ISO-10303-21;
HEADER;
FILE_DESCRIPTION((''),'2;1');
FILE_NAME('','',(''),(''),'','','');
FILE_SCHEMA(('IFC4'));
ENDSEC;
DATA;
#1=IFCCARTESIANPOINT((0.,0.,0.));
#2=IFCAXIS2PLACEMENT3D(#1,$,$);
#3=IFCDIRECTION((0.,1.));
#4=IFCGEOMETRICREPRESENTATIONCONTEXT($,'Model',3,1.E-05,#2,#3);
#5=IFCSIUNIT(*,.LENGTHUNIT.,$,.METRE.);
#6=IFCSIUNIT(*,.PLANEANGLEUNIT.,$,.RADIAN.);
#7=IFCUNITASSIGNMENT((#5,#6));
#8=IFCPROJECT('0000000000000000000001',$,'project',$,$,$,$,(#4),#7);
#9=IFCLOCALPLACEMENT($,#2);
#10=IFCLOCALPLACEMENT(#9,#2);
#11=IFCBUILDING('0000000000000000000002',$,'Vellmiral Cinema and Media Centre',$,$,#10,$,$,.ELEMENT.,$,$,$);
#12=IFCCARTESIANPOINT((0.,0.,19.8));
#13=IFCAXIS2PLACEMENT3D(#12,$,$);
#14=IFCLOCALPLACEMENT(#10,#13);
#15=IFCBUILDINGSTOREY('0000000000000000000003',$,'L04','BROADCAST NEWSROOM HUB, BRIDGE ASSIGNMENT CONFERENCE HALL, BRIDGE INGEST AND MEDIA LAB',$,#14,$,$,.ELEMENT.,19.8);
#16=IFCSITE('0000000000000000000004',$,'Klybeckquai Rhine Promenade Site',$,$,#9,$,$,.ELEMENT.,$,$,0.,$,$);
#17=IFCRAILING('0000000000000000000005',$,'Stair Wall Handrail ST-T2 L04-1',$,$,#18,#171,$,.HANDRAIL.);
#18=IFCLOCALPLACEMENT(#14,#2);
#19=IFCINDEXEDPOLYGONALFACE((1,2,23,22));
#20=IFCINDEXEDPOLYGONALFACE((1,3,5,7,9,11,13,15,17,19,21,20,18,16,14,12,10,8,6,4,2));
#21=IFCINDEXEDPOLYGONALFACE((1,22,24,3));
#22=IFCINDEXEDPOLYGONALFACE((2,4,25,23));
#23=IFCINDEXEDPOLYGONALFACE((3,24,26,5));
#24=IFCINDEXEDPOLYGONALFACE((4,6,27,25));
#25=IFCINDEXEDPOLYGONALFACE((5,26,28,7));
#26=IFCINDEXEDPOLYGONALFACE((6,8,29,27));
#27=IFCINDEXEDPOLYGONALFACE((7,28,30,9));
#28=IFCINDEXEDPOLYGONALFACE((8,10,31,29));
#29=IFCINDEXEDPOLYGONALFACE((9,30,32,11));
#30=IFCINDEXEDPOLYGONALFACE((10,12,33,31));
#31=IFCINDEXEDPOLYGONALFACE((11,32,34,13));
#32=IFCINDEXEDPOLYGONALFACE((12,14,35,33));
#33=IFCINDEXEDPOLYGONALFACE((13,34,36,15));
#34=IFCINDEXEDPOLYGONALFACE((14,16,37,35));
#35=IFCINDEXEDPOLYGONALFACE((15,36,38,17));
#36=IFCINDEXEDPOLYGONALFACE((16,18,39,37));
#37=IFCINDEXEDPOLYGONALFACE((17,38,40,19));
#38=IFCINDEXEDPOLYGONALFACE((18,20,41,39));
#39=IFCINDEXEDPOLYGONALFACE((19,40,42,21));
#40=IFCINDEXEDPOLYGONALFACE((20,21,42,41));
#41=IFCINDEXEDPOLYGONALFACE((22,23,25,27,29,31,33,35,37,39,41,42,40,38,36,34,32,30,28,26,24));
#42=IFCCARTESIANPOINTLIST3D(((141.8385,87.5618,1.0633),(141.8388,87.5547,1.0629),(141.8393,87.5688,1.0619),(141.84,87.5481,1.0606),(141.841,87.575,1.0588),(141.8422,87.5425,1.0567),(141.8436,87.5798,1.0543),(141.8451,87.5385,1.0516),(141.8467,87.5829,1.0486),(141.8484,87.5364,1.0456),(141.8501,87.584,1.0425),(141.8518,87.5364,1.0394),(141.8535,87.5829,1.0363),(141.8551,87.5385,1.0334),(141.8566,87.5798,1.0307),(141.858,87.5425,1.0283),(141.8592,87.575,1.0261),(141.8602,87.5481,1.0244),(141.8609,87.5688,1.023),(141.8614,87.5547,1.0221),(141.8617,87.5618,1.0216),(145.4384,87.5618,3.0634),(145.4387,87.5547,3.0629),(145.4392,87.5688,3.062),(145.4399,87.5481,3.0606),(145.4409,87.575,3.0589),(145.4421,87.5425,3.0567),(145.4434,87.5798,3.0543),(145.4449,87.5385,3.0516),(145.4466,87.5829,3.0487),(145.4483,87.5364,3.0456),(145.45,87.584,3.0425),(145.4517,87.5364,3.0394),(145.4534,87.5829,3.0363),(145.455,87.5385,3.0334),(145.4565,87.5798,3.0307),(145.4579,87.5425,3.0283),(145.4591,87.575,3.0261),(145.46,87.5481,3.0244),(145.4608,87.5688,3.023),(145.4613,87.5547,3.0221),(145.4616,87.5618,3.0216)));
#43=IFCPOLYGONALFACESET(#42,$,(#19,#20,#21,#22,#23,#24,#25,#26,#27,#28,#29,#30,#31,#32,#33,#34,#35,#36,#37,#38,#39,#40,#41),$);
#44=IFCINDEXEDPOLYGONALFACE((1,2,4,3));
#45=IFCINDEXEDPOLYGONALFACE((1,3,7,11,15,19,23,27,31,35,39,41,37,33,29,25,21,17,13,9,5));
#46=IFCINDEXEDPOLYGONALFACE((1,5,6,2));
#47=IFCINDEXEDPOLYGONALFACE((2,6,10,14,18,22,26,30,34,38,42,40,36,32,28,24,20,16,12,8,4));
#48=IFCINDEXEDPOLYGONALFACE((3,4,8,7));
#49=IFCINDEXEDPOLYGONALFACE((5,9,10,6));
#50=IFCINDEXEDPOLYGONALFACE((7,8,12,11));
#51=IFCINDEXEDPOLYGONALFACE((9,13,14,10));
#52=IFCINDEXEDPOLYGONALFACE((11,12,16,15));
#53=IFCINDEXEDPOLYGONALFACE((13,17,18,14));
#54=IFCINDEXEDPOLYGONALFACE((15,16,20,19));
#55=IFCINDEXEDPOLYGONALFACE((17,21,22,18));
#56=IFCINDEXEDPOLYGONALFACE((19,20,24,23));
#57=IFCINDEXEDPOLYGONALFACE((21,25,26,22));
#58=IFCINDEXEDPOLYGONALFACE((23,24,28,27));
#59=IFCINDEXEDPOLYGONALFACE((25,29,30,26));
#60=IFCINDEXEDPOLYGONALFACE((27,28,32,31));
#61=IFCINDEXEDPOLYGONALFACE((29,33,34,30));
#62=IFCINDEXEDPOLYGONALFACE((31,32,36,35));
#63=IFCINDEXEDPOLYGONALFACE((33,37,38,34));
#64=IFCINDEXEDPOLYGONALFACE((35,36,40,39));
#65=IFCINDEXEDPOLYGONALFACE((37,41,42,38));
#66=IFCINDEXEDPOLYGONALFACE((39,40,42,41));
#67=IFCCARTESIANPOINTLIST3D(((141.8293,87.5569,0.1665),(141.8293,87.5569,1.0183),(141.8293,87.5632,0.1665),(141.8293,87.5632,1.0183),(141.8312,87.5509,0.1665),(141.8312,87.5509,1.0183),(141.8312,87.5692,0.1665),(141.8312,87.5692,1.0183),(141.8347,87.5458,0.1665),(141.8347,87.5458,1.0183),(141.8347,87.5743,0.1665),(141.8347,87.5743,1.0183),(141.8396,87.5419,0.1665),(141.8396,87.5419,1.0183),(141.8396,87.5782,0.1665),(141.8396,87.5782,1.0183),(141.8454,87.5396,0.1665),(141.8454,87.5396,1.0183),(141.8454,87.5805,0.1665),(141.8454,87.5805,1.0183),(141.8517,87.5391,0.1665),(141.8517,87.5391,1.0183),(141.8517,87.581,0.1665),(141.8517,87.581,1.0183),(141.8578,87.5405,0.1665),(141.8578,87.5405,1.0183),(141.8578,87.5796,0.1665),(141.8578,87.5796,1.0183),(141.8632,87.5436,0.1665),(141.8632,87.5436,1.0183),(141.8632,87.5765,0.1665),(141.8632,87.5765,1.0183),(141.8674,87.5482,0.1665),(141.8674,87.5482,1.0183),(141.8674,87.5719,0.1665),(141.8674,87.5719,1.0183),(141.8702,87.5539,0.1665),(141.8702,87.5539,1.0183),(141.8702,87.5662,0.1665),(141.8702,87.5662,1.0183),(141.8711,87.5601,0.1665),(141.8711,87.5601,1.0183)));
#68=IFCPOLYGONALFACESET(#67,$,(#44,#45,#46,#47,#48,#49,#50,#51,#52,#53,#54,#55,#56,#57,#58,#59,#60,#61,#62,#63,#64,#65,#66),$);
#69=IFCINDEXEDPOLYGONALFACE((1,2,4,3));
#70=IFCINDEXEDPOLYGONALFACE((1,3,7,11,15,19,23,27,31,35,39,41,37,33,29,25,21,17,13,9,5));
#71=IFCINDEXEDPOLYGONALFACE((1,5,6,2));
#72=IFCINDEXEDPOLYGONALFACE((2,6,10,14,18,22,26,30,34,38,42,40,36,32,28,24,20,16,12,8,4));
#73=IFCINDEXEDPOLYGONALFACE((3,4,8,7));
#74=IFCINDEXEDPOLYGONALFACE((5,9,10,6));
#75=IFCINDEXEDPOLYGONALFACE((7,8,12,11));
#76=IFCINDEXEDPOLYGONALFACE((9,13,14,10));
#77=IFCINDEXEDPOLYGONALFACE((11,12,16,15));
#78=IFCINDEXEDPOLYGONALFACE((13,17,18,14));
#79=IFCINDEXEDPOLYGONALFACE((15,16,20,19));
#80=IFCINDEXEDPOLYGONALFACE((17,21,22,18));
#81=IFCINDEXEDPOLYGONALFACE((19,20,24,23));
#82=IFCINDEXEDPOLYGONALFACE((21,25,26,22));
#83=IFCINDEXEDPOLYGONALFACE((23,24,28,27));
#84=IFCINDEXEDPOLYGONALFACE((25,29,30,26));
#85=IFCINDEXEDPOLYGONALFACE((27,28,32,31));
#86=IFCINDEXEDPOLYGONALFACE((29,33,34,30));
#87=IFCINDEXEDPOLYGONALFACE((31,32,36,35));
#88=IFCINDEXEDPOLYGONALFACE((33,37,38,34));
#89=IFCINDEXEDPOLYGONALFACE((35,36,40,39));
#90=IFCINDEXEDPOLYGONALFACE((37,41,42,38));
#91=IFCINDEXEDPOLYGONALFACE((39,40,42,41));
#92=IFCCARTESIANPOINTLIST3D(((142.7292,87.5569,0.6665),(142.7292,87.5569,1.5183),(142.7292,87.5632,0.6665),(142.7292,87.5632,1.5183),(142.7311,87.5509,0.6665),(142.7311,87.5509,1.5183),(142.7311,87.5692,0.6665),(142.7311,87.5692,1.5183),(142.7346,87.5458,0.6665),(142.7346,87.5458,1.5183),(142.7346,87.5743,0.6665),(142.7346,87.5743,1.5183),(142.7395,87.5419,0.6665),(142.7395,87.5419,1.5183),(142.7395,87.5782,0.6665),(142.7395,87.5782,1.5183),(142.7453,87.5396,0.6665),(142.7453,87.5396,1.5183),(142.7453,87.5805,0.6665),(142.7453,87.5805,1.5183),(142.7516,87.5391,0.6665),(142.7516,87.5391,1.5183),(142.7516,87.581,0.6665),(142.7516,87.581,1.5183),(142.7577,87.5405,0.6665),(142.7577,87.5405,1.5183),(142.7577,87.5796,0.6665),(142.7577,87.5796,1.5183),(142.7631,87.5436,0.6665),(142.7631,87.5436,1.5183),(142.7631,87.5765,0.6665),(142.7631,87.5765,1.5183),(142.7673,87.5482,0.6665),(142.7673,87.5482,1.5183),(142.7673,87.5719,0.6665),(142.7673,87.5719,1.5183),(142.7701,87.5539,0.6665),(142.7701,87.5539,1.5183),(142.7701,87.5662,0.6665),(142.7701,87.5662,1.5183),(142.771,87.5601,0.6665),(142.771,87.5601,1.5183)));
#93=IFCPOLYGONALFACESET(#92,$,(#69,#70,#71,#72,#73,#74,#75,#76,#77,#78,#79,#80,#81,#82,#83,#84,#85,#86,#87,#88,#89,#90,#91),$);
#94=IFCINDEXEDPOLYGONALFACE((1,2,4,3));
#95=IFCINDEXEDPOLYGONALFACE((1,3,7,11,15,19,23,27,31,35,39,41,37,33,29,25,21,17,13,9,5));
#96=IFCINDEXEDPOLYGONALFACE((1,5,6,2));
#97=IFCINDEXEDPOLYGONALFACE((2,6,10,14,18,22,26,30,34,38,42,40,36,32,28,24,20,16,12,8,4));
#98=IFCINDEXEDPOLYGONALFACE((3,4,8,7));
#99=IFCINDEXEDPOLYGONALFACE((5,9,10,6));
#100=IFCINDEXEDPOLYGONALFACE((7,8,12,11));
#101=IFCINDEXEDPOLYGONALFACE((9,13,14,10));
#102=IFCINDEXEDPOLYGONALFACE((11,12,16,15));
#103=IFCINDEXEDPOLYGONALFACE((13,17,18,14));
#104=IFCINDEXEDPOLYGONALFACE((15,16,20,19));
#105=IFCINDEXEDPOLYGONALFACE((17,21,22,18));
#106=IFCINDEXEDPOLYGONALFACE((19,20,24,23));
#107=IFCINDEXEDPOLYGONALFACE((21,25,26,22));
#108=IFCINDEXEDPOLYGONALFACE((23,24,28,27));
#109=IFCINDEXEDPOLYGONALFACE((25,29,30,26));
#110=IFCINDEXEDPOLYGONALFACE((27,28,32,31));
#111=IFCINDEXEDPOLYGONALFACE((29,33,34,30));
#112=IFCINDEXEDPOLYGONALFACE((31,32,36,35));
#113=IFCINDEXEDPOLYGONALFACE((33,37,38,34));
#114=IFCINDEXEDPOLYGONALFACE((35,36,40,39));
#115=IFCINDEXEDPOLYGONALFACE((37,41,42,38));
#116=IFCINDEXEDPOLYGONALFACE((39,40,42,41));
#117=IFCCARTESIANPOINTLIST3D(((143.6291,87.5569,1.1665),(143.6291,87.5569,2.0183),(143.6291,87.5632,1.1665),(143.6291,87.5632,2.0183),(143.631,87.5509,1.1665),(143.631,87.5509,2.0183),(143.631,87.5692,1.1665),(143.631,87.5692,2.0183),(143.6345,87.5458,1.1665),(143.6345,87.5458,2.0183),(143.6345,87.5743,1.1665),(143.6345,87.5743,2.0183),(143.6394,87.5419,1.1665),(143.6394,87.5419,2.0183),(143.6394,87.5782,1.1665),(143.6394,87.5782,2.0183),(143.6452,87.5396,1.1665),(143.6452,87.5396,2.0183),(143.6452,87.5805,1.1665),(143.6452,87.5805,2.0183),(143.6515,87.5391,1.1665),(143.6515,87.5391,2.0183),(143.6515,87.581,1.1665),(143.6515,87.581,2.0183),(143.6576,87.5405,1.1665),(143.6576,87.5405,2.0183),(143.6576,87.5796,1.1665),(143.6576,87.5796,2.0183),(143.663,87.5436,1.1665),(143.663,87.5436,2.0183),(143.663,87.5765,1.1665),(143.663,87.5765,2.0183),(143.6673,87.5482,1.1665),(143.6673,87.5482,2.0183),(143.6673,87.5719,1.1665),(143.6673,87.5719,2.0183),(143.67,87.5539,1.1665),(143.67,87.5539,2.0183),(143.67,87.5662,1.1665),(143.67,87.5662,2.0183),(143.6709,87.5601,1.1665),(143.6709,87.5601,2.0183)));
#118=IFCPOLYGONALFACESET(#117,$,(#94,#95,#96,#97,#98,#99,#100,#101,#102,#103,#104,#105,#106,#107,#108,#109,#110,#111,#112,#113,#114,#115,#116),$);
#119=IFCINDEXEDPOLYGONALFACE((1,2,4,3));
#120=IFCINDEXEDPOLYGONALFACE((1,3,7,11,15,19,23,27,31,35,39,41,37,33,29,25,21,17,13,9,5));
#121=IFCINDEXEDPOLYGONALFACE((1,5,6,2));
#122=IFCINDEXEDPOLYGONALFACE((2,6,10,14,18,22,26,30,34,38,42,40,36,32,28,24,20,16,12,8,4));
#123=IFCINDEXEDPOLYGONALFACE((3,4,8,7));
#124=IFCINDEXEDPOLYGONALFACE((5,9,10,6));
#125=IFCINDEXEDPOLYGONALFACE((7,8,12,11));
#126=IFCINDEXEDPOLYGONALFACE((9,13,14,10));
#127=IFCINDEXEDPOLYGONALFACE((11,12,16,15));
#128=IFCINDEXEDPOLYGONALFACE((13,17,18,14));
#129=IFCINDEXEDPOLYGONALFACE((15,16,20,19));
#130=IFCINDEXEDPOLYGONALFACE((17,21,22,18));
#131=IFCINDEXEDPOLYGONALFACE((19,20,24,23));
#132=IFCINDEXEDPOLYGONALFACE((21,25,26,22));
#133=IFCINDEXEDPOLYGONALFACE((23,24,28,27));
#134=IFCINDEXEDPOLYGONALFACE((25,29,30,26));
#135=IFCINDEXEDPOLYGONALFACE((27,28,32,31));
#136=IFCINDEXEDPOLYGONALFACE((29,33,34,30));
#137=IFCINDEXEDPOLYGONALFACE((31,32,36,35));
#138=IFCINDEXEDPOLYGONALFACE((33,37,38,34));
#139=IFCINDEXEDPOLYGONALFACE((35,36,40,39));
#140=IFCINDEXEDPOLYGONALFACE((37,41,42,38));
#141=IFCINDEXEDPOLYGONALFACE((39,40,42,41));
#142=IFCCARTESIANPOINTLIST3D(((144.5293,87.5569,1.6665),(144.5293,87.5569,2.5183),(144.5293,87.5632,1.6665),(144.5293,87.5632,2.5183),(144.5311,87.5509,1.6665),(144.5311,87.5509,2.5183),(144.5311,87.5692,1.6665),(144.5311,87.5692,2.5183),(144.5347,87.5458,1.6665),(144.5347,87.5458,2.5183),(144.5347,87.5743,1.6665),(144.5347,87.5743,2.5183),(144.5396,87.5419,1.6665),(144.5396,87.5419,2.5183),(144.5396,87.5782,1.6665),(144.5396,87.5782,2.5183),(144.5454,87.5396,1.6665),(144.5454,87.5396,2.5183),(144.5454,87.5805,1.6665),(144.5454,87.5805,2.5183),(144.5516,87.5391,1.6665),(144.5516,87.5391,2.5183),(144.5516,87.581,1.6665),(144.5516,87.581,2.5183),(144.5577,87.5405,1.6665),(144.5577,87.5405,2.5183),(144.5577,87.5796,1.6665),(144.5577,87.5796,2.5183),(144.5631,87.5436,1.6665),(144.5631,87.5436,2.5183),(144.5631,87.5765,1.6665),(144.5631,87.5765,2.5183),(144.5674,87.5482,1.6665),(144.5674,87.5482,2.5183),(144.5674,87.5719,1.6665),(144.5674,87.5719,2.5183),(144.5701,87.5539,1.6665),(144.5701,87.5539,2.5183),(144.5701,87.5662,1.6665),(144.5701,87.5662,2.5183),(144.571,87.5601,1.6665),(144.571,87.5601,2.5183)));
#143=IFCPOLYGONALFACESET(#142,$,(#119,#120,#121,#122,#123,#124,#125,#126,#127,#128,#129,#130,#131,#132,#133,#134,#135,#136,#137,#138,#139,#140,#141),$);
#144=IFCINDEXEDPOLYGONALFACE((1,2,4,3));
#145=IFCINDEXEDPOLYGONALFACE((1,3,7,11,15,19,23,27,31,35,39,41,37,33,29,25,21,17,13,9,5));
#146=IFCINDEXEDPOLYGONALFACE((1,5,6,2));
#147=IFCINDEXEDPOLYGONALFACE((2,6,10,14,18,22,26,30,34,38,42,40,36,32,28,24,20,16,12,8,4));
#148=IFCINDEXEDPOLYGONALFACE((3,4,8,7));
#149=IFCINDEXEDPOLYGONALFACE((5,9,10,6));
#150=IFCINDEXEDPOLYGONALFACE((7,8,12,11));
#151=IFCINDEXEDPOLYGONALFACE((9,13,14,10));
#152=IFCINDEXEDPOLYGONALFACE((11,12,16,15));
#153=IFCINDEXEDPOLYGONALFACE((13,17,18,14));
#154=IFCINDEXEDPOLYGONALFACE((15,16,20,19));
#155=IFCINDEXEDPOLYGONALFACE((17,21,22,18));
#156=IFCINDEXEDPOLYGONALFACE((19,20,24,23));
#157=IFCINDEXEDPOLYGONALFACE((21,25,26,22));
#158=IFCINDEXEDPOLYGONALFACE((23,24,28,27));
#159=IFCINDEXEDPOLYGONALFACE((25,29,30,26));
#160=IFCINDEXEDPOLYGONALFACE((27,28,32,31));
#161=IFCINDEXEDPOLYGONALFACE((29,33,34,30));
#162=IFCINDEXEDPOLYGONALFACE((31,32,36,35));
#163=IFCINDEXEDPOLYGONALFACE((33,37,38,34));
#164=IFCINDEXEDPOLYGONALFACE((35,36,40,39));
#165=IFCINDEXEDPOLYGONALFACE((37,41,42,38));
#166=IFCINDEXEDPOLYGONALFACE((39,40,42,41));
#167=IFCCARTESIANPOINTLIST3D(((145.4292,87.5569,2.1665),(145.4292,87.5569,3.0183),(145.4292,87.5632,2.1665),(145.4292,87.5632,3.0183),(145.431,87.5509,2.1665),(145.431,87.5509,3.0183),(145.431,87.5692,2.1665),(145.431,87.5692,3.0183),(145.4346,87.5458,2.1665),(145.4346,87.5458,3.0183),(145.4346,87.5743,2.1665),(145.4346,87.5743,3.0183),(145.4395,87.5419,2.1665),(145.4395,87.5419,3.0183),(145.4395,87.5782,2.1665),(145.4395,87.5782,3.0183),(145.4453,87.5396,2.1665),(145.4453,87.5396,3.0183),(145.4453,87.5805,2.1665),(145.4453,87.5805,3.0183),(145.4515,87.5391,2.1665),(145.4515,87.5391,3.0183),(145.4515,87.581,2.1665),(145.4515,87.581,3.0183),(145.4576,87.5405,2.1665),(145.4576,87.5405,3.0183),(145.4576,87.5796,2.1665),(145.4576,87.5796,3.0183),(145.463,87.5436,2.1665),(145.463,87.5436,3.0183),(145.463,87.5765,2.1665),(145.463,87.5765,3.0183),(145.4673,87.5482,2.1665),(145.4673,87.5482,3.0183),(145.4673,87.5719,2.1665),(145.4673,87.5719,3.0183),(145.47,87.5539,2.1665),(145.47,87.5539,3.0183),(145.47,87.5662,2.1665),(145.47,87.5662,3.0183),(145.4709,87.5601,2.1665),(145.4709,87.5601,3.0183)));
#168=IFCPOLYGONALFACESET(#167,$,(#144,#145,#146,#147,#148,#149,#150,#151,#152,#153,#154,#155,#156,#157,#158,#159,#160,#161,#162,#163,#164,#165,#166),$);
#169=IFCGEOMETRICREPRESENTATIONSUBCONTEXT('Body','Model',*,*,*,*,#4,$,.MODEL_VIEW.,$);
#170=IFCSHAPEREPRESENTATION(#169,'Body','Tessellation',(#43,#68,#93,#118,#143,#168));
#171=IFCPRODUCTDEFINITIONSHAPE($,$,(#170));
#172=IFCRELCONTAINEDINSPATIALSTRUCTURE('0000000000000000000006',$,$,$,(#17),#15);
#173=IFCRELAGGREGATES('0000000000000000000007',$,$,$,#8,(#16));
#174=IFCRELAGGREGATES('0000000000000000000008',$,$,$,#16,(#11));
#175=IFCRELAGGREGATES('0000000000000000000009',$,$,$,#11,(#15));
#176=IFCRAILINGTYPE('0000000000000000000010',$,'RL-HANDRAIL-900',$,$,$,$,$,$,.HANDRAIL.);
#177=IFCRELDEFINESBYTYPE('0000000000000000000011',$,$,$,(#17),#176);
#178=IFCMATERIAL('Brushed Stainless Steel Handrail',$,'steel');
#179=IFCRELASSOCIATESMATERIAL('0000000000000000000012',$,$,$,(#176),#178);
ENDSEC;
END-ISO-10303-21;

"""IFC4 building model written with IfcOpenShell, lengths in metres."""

from ifc_helpers import new_model, si_unit, direction, frame, origin, origin_2d, place, context, subcontext, project, spatial, circle, extrude, material, type_object, element, save


model = new_model("IFC4")

# Units and contexts
model_context = context("Model", 3, precision=1e-05, world=origin(), true_north=direction((0.0, 1.0)))
body_context = subcontext(model_context, "Body", "Model", "MODEL_VIEW")
ifc_project = project(units=[si_unit("LENGTHUNIT", "METRE"), si_unit("PLANEANGLEUNIT", "RADIAN")], contexts=[model_context])

# Site, building, storey
site_placement = place(None, origin())
site = spatial("IfcSite", under=ifc_project, at=site_placement, Name="Klybeckquai Rhine Promenade Site", CompositionType="ELEMENT", RefElevation=0.0)
building_placement = place(site_placement, origin())
building = spatial("IfcBuilding", under=site, at=building_placement, Name="Vellmiral Cinema and Media Centre", CompositionType="ELEMENT")
storey_placement = place(building_placement, frame((0.0, 0.0, 19.8)))
storey = spatial("IfcBuildingStorey", under=building, at=storey_placement, Name="L04", Description="BROADCAST NEWSROOM HUB, BRIDGE ASSIGNMENT CONFERENCE HALL, BRIDGE INGEST AND MEDIA LAB", CompositionType="ELEMENT", Elevation=19.8)

# Railing
ifc_material_1 = material(Name="Brushed Stainless Steel Handrail", Category="steel")
railing_type_1 = type_object("IfcRailingType", Name="RL-HANDRAIL-900", PredefinedType="HANDRAIL", material=ifc_material_1)
railing_1_placement = place(storey_placement, frame((141.8501, 87.5601, 0.1665)))
element("IfcRailing", 1, at=railing_1_placement, inside=storey, type_object=railing_type_1, Name="Stair Wall Handrail ST-T2 L04-1", PredefinedType="HANDRAIL", context=body_context, shape_type="SweptSolid", body=[
    extrude(circle(Radius=0.0239, at=origin_2d()), frame((0.0, 0.0, 0.876), z_axis=(0.874149, 0.0, 0.485658), x_axis=(0.0, 1.0, 0.0)), (0.0, 0.0, 1.0), 4.1182),
    extrude(circle(Radius=0.021, at=origin_2d()), origin(), (0.0, 0.0, 1.0), 0.8518),
    extrude(circle(Radius=0.021, at=origin_2d()), frame((0.8999, 0.0, 0.5)), (0.0, 0.0, 1.0), 0.8518),
    extrude(circle(Radius=0.021, at=origin_2d()), frame((1.7998, 0.0, 1.0)), (0.0, 0.0, 1.0), 0.8518),
    extrude(circle(Radius=0.021, at=origin_2d()), frame((2.7, 0.0, 1.5)), (0.0, 0.0, 1.0), 0.8518),
    extrude(circle(Radius=0.021, at=origin_2d()), frame((3.5999, 0.0, 2.0)), (0.0, 0.0, 1.0), 0.8518),
])

save(model, "model.ifc")
